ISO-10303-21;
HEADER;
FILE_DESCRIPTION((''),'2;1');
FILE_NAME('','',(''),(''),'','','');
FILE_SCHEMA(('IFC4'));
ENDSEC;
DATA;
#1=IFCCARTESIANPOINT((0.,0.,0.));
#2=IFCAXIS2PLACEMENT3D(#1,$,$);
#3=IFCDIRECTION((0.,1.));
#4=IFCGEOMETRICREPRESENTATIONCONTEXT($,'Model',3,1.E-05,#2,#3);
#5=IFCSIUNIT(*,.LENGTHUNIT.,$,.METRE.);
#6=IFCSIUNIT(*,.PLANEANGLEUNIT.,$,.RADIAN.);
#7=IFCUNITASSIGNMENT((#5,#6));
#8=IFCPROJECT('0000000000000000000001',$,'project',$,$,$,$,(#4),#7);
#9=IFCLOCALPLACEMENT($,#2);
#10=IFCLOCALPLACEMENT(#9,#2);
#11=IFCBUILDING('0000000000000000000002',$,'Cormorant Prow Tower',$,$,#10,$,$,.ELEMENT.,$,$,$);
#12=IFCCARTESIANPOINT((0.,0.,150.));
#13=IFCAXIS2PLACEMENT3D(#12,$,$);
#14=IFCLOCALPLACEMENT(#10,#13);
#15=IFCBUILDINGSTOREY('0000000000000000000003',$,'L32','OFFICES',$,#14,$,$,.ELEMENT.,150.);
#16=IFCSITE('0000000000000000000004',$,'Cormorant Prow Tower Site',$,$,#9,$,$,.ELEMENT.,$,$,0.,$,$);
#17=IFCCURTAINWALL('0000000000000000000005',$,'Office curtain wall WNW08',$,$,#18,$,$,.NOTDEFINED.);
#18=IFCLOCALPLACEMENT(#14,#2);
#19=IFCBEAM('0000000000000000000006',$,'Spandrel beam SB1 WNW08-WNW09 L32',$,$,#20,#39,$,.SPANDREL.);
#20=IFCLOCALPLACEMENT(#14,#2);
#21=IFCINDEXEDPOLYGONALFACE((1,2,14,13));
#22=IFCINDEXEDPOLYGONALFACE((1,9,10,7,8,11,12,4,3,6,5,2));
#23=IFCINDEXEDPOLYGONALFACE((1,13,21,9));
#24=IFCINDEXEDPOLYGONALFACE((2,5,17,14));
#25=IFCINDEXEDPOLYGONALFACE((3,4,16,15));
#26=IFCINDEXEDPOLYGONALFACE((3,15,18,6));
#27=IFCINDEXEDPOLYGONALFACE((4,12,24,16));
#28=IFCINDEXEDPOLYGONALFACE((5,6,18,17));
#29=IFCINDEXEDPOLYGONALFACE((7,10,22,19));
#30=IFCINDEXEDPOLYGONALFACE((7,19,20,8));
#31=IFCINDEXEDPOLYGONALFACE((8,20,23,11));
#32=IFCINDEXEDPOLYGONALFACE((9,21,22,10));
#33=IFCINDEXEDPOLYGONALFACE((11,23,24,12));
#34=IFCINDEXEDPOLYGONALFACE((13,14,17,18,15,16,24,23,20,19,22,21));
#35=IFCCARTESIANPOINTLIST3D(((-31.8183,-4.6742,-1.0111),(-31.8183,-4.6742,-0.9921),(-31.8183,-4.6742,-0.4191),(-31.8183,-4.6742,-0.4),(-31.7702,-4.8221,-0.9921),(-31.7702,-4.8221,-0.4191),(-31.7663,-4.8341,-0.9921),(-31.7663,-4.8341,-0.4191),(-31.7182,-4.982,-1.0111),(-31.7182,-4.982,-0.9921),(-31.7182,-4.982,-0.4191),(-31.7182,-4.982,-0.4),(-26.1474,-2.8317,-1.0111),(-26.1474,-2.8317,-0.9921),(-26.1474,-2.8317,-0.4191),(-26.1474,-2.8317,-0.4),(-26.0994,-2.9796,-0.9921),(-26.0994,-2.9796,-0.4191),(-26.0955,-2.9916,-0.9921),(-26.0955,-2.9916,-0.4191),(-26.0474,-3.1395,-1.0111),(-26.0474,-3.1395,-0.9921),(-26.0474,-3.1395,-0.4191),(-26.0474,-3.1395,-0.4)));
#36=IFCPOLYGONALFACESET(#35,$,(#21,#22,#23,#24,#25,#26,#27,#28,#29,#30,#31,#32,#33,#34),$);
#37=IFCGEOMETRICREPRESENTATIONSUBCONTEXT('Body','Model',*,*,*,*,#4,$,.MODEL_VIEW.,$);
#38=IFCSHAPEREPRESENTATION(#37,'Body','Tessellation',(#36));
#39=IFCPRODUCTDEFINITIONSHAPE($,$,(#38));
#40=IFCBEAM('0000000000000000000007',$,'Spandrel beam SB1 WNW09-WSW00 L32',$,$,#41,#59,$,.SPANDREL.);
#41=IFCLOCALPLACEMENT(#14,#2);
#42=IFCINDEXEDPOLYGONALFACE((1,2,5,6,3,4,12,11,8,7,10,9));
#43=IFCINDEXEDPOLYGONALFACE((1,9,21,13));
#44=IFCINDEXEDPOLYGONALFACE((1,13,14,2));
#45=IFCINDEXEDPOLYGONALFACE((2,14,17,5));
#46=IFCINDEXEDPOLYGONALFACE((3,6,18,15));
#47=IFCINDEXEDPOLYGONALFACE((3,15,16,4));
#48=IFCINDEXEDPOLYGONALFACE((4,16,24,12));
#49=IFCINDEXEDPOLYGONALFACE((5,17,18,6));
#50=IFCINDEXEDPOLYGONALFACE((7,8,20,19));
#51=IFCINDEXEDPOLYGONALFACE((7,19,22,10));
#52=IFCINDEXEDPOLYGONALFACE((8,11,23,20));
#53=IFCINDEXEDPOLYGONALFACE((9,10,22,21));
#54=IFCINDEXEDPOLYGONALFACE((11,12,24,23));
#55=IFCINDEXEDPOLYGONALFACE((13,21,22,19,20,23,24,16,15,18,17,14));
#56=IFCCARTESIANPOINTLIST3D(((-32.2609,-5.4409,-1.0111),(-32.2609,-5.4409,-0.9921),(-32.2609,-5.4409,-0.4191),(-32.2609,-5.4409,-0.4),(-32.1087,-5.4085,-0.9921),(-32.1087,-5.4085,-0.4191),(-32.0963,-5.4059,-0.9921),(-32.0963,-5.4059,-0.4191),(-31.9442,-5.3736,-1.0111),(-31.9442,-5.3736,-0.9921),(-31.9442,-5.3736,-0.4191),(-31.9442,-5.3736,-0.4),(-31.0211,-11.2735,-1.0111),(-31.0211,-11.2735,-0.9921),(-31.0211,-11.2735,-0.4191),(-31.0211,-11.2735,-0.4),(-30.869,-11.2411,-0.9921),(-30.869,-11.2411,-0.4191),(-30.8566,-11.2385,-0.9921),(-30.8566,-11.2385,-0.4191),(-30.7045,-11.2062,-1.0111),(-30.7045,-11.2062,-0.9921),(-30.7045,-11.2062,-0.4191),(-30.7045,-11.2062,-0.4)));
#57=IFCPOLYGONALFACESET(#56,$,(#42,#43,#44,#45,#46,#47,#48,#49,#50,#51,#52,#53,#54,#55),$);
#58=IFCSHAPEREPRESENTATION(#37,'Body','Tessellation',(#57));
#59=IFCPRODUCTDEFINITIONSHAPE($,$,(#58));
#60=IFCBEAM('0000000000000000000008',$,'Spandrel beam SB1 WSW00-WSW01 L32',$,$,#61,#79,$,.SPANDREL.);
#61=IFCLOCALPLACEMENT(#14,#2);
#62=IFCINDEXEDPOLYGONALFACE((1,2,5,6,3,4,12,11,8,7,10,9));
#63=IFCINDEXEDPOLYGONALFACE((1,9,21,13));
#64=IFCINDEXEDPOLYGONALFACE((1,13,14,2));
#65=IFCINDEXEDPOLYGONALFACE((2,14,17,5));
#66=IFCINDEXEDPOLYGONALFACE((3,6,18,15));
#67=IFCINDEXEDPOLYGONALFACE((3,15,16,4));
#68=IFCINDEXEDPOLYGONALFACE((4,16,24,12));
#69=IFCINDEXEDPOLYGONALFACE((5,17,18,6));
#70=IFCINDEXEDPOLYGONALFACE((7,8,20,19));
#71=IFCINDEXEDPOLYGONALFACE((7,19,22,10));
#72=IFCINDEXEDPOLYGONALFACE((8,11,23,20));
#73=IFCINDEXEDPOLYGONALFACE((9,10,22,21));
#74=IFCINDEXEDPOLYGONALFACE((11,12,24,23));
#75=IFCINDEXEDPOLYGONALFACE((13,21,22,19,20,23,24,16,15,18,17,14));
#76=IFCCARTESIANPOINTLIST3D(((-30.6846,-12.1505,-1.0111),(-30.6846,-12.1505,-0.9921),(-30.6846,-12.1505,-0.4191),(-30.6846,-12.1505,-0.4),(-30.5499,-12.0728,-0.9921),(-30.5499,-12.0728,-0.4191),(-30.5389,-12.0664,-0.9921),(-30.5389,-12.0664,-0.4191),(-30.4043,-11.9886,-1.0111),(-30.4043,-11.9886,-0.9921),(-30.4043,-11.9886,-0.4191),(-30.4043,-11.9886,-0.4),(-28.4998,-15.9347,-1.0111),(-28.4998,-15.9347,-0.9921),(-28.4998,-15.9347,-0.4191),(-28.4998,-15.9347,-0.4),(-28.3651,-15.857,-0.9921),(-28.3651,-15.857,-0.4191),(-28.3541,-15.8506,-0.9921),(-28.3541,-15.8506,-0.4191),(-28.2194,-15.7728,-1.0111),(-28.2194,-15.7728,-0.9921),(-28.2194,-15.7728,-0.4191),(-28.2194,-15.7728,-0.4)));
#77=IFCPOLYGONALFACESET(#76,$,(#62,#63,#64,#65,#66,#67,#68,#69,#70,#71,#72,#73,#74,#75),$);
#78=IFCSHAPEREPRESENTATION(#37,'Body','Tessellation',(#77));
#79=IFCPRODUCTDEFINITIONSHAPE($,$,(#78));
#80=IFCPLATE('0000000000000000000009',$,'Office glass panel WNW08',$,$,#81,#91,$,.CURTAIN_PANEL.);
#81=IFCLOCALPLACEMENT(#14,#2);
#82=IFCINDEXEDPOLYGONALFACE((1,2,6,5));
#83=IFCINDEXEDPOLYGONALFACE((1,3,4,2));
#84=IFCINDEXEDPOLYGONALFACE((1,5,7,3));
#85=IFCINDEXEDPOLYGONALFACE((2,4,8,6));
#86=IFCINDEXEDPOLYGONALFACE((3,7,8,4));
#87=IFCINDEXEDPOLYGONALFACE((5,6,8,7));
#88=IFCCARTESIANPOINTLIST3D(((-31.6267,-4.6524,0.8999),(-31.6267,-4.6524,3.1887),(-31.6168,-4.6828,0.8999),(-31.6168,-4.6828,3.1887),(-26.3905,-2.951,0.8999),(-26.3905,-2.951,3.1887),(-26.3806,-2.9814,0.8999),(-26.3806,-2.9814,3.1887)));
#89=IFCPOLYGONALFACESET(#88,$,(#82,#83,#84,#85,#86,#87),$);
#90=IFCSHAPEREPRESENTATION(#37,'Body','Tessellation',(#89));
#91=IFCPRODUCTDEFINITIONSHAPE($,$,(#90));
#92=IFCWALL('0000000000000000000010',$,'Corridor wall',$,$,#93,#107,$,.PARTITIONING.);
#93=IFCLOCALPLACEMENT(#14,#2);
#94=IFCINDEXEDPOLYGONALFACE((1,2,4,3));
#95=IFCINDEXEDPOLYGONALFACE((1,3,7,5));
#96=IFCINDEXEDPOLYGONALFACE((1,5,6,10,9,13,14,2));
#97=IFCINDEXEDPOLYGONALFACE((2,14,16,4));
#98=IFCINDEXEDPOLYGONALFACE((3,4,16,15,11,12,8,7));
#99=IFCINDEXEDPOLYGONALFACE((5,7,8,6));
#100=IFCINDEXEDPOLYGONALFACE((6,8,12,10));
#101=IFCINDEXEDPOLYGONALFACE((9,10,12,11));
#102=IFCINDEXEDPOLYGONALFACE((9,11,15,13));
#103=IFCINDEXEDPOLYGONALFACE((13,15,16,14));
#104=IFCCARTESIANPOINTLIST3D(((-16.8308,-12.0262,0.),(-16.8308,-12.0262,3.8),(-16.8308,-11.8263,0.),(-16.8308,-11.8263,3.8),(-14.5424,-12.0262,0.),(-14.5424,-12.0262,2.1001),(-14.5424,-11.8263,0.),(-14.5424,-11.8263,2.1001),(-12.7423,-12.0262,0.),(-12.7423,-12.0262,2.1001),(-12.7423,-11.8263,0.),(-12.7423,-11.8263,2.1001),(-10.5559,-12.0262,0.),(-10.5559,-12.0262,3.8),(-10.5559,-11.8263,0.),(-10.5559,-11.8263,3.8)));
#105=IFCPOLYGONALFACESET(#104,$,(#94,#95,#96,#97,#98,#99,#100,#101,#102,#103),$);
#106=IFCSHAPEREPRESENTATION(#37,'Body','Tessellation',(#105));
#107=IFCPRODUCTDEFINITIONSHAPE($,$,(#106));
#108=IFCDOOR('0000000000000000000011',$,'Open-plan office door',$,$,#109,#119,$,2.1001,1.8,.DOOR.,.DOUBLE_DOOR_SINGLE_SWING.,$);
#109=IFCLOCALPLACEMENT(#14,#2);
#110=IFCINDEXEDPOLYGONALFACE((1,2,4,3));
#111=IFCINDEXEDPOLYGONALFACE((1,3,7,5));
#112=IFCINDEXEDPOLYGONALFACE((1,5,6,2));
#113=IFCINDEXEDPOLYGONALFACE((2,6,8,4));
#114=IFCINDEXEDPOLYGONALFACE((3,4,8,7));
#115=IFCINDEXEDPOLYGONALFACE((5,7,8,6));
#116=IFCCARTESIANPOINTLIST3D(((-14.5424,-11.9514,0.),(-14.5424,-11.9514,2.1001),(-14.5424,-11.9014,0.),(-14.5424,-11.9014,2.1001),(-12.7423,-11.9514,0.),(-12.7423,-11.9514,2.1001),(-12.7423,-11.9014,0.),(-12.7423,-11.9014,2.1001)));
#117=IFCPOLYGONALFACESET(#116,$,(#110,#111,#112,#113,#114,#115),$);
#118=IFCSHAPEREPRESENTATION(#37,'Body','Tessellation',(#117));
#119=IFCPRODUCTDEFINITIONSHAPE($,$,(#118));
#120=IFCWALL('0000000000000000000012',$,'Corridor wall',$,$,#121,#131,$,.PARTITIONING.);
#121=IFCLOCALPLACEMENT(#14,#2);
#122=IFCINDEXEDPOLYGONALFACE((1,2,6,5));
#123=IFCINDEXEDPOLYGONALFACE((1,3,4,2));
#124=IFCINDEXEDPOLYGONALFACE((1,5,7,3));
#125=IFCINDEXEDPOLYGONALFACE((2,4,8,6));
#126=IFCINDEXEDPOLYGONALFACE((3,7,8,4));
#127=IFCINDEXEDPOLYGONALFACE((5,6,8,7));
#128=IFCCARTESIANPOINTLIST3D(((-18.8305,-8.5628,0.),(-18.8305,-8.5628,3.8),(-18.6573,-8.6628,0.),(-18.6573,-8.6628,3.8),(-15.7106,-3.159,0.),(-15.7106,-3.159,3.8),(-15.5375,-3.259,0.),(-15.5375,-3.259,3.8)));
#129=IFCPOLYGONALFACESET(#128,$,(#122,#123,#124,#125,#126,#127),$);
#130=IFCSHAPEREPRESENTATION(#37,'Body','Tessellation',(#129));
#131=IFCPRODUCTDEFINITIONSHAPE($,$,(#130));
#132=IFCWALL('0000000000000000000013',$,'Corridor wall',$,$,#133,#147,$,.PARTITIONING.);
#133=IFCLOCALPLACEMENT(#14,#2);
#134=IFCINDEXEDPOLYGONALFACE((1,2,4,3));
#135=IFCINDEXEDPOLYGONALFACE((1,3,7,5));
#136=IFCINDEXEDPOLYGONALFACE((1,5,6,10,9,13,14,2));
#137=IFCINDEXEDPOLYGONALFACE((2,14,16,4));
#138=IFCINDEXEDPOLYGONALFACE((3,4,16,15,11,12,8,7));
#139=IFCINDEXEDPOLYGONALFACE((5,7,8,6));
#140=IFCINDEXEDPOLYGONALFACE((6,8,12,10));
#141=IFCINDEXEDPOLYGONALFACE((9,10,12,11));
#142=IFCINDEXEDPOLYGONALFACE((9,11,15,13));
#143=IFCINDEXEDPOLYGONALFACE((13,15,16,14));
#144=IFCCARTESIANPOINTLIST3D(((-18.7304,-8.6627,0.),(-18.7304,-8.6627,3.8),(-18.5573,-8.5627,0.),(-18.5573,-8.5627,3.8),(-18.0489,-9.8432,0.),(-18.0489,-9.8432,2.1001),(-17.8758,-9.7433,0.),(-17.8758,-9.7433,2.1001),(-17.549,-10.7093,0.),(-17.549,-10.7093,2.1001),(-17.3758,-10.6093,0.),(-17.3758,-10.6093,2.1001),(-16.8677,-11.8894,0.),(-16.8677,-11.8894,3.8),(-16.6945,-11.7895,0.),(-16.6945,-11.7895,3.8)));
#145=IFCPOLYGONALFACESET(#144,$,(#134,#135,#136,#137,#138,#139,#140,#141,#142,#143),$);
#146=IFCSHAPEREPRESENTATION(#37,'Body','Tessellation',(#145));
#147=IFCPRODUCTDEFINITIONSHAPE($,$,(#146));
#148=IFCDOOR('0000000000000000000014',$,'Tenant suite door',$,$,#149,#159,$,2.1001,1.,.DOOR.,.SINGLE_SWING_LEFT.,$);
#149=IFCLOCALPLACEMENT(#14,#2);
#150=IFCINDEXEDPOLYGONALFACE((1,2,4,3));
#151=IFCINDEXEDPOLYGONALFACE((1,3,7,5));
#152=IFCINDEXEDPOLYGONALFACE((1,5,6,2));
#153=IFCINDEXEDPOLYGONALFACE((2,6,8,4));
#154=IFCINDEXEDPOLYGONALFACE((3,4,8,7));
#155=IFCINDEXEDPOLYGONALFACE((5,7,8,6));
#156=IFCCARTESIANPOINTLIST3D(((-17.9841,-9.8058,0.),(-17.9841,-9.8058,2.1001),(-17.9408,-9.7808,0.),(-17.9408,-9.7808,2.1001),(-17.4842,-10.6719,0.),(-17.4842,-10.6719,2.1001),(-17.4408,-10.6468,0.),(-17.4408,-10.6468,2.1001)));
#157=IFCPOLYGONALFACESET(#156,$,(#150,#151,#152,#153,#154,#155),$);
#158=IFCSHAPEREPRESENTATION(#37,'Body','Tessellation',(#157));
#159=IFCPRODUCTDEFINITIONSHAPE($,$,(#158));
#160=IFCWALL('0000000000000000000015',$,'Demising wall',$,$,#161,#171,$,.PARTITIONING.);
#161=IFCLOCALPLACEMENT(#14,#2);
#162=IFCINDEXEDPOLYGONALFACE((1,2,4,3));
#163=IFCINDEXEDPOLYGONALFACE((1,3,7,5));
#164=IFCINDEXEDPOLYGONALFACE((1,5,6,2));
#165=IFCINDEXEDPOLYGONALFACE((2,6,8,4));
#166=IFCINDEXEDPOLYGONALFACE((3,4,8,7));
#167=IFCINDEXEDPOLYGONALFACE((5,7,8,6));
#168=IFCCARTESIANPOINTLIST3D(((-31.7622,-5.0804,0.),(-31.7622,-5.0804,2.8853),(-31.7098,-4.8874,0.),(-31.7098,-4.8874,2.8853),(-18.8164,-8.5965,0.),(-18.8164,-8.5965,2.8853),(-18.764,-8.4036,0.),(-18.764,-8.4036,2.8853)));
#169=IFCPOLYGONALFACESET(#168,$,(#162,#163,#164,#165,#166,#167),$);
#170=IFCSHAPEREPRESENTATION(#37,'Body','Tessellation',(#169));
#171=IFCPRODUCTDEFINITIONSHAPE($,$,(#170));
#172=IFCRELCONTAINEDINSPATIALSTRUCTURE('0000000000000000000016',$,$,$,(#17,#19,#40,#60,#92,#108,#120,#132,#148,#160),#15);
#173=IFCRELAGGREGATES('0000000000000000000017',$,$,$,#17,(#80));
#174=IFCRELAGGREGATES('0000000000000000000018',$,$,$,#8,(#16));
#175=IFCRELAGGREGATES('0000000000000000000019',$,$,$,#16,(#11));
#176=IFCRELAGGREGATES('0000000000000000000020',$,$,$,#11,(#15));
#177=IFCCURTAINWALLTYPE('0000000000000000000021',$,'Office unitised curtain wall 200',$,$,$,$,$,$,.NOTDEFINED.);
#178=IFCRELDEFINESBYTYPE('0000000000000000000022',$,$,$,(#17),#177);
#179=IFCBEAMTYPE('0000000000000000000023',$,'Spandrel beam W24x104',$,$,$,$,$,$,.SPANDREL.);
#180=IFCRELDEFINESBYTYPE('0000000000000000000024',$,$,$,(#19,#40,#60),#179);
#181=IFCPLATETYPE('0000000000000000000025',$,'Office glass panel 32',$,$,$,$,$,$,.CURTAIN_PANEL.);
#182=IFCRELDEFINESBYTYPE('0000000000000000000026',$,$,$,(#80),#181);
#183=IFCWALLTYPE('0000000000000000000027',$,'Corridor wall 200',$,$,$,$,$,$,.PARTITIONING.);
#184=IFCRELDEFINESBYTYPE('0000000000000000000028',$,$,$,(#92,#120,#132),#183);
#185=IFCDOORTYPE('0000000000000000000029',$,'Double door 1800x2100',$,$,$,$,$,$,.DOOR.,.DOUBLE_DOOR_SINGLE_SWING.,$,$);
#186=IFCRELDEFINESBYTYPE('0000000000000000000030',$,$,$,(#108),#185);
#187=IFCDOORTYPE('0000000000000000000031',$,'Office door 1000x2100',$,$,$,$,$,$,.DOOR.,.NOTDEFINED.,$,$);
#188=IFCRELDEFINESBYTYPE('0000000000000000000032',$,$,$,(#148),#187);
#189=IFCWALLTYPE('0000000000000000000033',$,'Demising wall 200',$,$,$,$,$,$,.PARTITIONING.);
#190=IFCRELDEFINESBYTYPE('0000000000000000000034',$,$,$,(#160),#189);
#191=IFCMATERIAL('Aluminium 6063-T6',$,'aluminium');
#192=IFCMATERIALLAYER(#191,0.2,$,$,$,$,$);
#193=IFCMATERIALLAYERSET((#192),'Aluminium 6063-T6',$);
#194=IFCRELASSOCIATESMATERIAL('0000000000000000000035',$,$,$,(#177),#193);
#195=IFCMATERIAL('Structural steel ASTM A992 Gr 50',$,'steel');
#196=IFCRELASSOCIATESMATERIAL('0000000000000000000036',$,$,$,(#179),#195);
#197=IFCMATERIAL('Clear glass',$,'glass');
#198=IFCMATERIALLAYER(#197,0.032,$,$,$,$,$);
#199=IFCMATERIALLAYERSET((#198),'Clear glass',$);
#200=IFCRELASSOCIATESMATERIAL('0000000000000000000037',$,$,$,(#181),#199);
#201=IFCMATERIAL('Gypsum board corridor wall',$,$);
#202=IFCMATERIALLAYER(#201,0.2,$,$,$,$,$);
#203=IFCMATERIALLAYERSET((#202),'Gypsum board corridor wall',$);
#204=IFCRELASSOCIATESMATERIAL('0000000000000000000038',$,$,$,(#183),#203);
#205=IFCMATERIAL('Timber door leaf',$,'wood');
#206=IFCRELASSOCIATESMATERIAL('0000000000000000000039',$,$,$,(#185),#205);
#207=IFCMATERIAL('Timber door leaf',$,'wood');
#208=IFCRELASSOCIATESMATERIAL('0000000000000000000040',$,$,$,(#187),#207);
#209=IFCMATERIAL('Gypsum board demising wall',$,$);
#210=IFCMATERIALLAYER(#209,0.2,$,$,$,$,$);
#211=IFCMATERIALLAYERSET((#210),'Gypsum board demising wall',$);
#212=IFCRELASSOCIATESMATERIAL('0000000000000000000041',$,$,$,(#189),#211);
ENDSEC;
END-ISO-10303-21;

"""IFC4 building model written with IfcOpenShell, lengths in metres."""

from ifc_helpers import new_model, si_unit, direction, frame, frame_2d, origin, origin_2d, place, context, subcontext, project, spatial, rectangle, i_section, extrude, material, layer, layer_set, material_profile, profile_set, type_object, element, fill, aggregate, save


model = new_model("IFC4")

# Units and contexts
model_context = context("Model", 3, precision=1e-05, world=origin(), true_north=direction((0.0, 1.0)))
body_context = subcontext(model_context, "Body", "Model", "MODEL_VIEW")
ifc_project = project(units=[si_unit("LENGTHUNIT", "METRE"), si_unit("PLANEANGLEUNIT", "RADIAN")], contexts=[model_context])

# Site, building, storey
site_placement = place(None, origin())
site = spatial("IfcSite", under=ifc_project, at=site_placement, Name="Cormorant Prow Tower Site", CompositionType="ELEMENT", RefElevation=0.0)
building_placement = place(site_placement, origin())
building = spatial("IfcBuilding", under=site, at=building_placement, Name="Cormorant Prow Tower", CompositionType="ELEMENT")
storey_placement = place(building_placement, frame((0.0, 0.0, 150.0)))
storey = spatial("IfcBuildingStorey", under=building, at=storey_placement, Name="L32", Description="OFFICES", CompositionType="ELEMENT", Elevation=150.0)

# Curtain wall
ifc_material_1 = material(Name="Aluminium 6063-T6", Category="aluminium")
ifc_layer_1 = layer(ifc_material_1, 0.2)
ifc_layer_set_1 = layer_set([ifc_layer_1], Name="Aluminium 6063-T6")
curtain_wall_type = type_object("IfcCurtainWallType", Name="Office unitised curtain wall 200", PredefinedType="NOTDEFINED", material=ifc_layer_set_1)
curtain_wall_placement = place(storey_placement, origin())
curtain_wall = element("IfcCurtainWall", 1, at=curtain_wall_placement, inside=storey, type_object=curtain_wall_type, Name="Office curtain wall WNW08", PredefinedType="NOTDEFINED")

# Beams
ifc_material_2 = material(Name="Structural steel ASTM A992 Gr 50", Category="steel")
ifc_material_profile_1 = material_profile(ifc_material_2, i_section(OverallWidth=0.3237, OverallDepth=0.6111, WebThickness=0.0127, FlangeThickness=0.019, at=origin_2d()), Name="W24x104")
ifc_profile_set_1 = profile_set([ifc_material_profile_1], Name="Structural steel ASTM A992 Gr 50")
beam_type_1 = type_object("IfcBeamType", Name="Spandrel beam W24x104", PredefinedType="SPANDREL", material=ifc_profile_set_1)
beam_1_placement = place(storey_placement, frame((-26.0974, -2.9856, -0.7056), z_axis=(-0.951059, -0.309008, 0.0), x_axis=(0.309008, -0.951059, 0.0)))
element("IfcBeam", 2, at=beam_1_placement, inside=storey, type_object=beam_type_1, Name="Spandrel beam SB1 WNW08-WNW09 L32", PredefinedType="SPANDREL", context=body_context, shape_type="SweptSolid", body=[
    extrude(i_section(OverallWidth=0.3237, OverallDepth=0.6111, WebThickness=0.0127, FlangeThickness=0.019, at=origin_2d()), origin(), (0.0, 0.0, 1.0), 5.9626),
])
beam_2_placement = place(storey_placement, frame((-32.1025, -5.4072, -0.7056), z_axis=(0.207913, -0.978147, 0.0), x_axis=(0.978147, 0.207913, 0.0)))
element("IfcBeam", 3, at=beam_2_placement, inside=storey, type_object=beam_type_1, Name="Spandrel beam SB1 WNW09-WSW00 L32", PredefinedType="SPANDREL", context=body_context, shape_type="SweptSolid", body=[
    extrude(i_section(OverallWidth=0.3237, OverallDepth=0.6111, WebThickness=0.0127, FlangeThickness=0.019, at=origin_2d()), origin(), (0.0, 0.0, 1.0), 5.9629),
])
beam_3_placement = place(storey_placement, frame((-30.5444, -12.0696, -0.7056), z_axis=(0.500003, -0.866024, 0.0), x_axis=(0.866024, 0.500003, 0.0)))
element("IfcBeam", 4, at=beam_3_placement, inside=storey, type_object=beam_type_1, Name="Spandrel beam SB1 WSW00-WSW01 L32", PredefinedType="SPANDREL", context=body_context, shape_type="SweptSolid", body=[
    extrude(i_section(OverallWidth=0.3237, OverallDepth=0.6111, WebThickness=0.0127, FlangeThickness=0.019, at=origin_2d()), origin(), (0.0, 0.0, 1.0), 4.3696),
])

# Plate
ifc_material_3 = material(Name="Clear glass", Category="glass")
ifc_layer_2 = layer(ifc_material_3, 0.032)
ifc_layer_set_2 = layer_set([ifc_layer_2], Name="Clear glass")
plate_type = type_object("IfcPlateType", Name="Office glass panel 32", PredefinedType="CURTAIN_PANEL", material=ifc_layer_set_2)
plate_placement = place(storey_placement, frame((-29.0037, -3.8169, 0.8999), z_axis=(0.0, 0.0, 1.0), x_axis=(-0.951057, -0.309017, 0.0)))
plate = element("IfcPlate", 5, at=plate_placement, type_object=plate_type, Name="Office glass panel WNW08", PredefinedType="CURTAIN_PANEL", context=body_context, shape_type="SweptSolid", body=[
    extrude(rectangle(XDim=5.5056, YDim=0.032, at=origin_2d()), origin(), (0.0, 0.0, 1.0), 2.2888),
])
aggregate(curtain_wall, [plate])

# Wall, opening, door
ifc_material_4 = material(Name="Gypsum board corridor wall")
ifc_layer_3 = layer(ifc_material_4, 0.2)
ifc_layer_set_3 = layer_set([ifc_layer_3], Name="Gypsum board corridor wall")
wall_type_1 = type_object("IfcWallType", Name="Corridor wall 200", PredefinedType="PARTITIONING", material=ifc_layer_set_3)
wall_1_placement = place(storey_placement, frame((-16.8308, -11.9263, 0.0), z_axis=(0.0, 0.0, 1.0), x_axis=(1.0, 0.0, 0.0)))
wall_1 = element("IfcWall", 6, at=wall_1_placement, inside=storey, type_object=wall_type_1, Name="Corridor wall", PredefinedType="PARTITIONING", context=body_context, shape_type="SweptSolid", body=[
    extrude(rectangle(XDim=6.2749, YDim=0.2, at=frame_2d((3.1375, 0.0))), origin(), (0.0, 0.0, 1.0), 3.8),
])
opening_1_placement = place(wall_1_placement, frame((2.2886, 0.0, 0.0)))
opening_1 = element("IfcOpeningElement", 7, at=opening_1_placement, cuts=wall_1, PredefinedType="OPENING", context=body_context, shape_type="SweptSolid", body=[
    extrude(rectangle(XDim=1.8, YDim=2.1001, at=frame_2d((0.8999, 1.05))), frame((0.0, 0.1099, 0.0), z_axis=(0.0, -1.0, 0.0), x_axis=(1.0, 0.0, 0.0)), (0.0, 0.0, 1.0), 0.22),
])
ifc_material_5 = material(Name="Timber door leaf", Category="wood")
door_type_1 = type_object("IfcDoorType", Name="Double door 1800x2100", OperationType="DOUBLE_DOOR_SINGLE_SWING", PredefinedType="DOOR", material=ifc_material_5)
door_1_placement = place(opening_1_placement, origin())
door_1 = element("IfcDoor", 8, at=door_1_placement, inside=storey, type_object=door_type_1, Name="Open-plan office door", OperationType="DOUBLE_DOOR_SINGLE_SWING", OverallHeight=2.1001, OverallWidth=1.8, PredefinedType="DOOR", context=body_context, shape_type="SweptSolid", body=[
    extrude(rectangle(XDim=1.8, YDim=2.1001, at=frame_2d((0.8999, 1.05))), frame((0.0, 0.0249, 0.0), z_axis=(0.0, -1.0, 0.0), x_axis=(1.0, 0.0, 0.0)), (0.0, 0.0, 1.0), 0.05),
])
fill(opening_1, door_1)

# Wall
wall_2_placement = place(storey_placement, frame((-18.7439, -8.6128, 0.0), z_axis=(0.0, 0.0, 1.0), x_axis=(0.499998, 0.866027, 0.0)))
element("IfcWall", 9, at=wall_2_placement, inside=storey, type_object=wall_type_1, Name="Corridor wall", PredefinedType="PARTITIONING", context=body_context, shape_type="SweptSolid", body=[
    extrude(rectangle(XDim=6.2397, YDim=0.2, at=frame_2d((3.1199, 0.0))), origin(), (0.0, 0.0, 1.0), 3.8),
])

# Wall, opening, door
wall_3_placement = place(storey_placement, frame((-18.6438, -8.6128, 0.0), z_axis=(0.0, 0.0, 1.0), x_axis=(0.499959, -0.866049, 0.0)))
wall_3 = element("IfcWall", 10, at=wall_3_placement, inside=storey, type_object=wall_type_1, Name="Corridor wall", PredefinedType="PARTITIONING", context=body_context, shape_type="SweptSolid", body=[
    extrude(rectangle(XDim=3.7258, YDim=0.2, at=frame_2d((1.8628, 0.0))), origin(), (0.0, 0.0, 1.0), 3.8),
])
opening_2_placement = place(wall_3_placement, frame((1.363, 0.0, 0.0)))
opening_2 = element("IfcOpeningElement", 11, at=opening_2_placement, cuts=wall_3, PredefinedType="OPENING", context=body_context, shape_type="SweptSolid", body=[
    extrude(rectangle(XDim=1.0, YDim=2.1001, at=frame_2d((0.5, 1.05))), frame((0.0, 0.1099, 0.0), z_axis=(0.0, -1.0, 0.0), x_axis=(1.0, 0.0, 0.0)), (0.0, 0.0, 1.0), 0.22),
])
ifc_material_6 = material(Name="Timber door leaf", Category="wood")
door_type_2 = type_object("IfcDoorType", Name="Office door 1000x2100", OperationType="NOTDEFINED", PredefinedType="DOOR", material=ifc_material_6)
door_2_placement = place(opening_2_placement, origin())
door_2 = element("IfcDoor", 12, at=door_2_placement, inside=storey, type_object=door_type_2, Name="Tenant suite door", OperationType="SINGLE_SWING_LEFT", OverallHeight=2.1001, OverallWidth=1.0, PredefinedType="DOOR", context=body_context, shape_type="SweptSolid", body=[
    extrude(rectangle(XDim=1.0, YDim=2.1001, at=frame_2d((0.5, 1.05))), frame((0.0, 0.0249, 0.0), z_axis=(0.0, -1.0, 0.0), x_axis=(1.0, 0.0, 0.0)), (0.0, 0.0, 1.0), 0.05),
])
fill(opening_2, door_2)

# Wall
ifc_material_7 = material(Name="Gypsum board demising wall")
ifc_layer_4 = layer(ifc_material_7, 0.2)
ifc_layer_set_4 = layer_set([ifc_layer_4], Name="Gypsum board demising wall")
wall_type_2 = type_object("IfcWallType", Name="Demising wall 200", PredefinedType="PARTITIONING", material=ifc_layer_set_4)
wall_4_placement = place(storey_placement, frame((-31.7361, -4.9839, 0.0), z_axis=(0.0, 0.0, 1.0), x_axis=(0.965039, -0.262107, 0.0)))
element("IfcWall", 13, at=wall_4_placement, inside=storey, type_object=wall_type_2, Name="Demising wall", PredefinedType="PARTITIONING", context=body_context, shape_type="SweptSolid", body=[
    extrude(rectangle(XDim=13.4148, YDim=0.2, at=frame_2d((6.7075, 0.0))), origin(), (0.0, 0.0, 1.0), 2.8853),
])

save(model, "model.ifc")
